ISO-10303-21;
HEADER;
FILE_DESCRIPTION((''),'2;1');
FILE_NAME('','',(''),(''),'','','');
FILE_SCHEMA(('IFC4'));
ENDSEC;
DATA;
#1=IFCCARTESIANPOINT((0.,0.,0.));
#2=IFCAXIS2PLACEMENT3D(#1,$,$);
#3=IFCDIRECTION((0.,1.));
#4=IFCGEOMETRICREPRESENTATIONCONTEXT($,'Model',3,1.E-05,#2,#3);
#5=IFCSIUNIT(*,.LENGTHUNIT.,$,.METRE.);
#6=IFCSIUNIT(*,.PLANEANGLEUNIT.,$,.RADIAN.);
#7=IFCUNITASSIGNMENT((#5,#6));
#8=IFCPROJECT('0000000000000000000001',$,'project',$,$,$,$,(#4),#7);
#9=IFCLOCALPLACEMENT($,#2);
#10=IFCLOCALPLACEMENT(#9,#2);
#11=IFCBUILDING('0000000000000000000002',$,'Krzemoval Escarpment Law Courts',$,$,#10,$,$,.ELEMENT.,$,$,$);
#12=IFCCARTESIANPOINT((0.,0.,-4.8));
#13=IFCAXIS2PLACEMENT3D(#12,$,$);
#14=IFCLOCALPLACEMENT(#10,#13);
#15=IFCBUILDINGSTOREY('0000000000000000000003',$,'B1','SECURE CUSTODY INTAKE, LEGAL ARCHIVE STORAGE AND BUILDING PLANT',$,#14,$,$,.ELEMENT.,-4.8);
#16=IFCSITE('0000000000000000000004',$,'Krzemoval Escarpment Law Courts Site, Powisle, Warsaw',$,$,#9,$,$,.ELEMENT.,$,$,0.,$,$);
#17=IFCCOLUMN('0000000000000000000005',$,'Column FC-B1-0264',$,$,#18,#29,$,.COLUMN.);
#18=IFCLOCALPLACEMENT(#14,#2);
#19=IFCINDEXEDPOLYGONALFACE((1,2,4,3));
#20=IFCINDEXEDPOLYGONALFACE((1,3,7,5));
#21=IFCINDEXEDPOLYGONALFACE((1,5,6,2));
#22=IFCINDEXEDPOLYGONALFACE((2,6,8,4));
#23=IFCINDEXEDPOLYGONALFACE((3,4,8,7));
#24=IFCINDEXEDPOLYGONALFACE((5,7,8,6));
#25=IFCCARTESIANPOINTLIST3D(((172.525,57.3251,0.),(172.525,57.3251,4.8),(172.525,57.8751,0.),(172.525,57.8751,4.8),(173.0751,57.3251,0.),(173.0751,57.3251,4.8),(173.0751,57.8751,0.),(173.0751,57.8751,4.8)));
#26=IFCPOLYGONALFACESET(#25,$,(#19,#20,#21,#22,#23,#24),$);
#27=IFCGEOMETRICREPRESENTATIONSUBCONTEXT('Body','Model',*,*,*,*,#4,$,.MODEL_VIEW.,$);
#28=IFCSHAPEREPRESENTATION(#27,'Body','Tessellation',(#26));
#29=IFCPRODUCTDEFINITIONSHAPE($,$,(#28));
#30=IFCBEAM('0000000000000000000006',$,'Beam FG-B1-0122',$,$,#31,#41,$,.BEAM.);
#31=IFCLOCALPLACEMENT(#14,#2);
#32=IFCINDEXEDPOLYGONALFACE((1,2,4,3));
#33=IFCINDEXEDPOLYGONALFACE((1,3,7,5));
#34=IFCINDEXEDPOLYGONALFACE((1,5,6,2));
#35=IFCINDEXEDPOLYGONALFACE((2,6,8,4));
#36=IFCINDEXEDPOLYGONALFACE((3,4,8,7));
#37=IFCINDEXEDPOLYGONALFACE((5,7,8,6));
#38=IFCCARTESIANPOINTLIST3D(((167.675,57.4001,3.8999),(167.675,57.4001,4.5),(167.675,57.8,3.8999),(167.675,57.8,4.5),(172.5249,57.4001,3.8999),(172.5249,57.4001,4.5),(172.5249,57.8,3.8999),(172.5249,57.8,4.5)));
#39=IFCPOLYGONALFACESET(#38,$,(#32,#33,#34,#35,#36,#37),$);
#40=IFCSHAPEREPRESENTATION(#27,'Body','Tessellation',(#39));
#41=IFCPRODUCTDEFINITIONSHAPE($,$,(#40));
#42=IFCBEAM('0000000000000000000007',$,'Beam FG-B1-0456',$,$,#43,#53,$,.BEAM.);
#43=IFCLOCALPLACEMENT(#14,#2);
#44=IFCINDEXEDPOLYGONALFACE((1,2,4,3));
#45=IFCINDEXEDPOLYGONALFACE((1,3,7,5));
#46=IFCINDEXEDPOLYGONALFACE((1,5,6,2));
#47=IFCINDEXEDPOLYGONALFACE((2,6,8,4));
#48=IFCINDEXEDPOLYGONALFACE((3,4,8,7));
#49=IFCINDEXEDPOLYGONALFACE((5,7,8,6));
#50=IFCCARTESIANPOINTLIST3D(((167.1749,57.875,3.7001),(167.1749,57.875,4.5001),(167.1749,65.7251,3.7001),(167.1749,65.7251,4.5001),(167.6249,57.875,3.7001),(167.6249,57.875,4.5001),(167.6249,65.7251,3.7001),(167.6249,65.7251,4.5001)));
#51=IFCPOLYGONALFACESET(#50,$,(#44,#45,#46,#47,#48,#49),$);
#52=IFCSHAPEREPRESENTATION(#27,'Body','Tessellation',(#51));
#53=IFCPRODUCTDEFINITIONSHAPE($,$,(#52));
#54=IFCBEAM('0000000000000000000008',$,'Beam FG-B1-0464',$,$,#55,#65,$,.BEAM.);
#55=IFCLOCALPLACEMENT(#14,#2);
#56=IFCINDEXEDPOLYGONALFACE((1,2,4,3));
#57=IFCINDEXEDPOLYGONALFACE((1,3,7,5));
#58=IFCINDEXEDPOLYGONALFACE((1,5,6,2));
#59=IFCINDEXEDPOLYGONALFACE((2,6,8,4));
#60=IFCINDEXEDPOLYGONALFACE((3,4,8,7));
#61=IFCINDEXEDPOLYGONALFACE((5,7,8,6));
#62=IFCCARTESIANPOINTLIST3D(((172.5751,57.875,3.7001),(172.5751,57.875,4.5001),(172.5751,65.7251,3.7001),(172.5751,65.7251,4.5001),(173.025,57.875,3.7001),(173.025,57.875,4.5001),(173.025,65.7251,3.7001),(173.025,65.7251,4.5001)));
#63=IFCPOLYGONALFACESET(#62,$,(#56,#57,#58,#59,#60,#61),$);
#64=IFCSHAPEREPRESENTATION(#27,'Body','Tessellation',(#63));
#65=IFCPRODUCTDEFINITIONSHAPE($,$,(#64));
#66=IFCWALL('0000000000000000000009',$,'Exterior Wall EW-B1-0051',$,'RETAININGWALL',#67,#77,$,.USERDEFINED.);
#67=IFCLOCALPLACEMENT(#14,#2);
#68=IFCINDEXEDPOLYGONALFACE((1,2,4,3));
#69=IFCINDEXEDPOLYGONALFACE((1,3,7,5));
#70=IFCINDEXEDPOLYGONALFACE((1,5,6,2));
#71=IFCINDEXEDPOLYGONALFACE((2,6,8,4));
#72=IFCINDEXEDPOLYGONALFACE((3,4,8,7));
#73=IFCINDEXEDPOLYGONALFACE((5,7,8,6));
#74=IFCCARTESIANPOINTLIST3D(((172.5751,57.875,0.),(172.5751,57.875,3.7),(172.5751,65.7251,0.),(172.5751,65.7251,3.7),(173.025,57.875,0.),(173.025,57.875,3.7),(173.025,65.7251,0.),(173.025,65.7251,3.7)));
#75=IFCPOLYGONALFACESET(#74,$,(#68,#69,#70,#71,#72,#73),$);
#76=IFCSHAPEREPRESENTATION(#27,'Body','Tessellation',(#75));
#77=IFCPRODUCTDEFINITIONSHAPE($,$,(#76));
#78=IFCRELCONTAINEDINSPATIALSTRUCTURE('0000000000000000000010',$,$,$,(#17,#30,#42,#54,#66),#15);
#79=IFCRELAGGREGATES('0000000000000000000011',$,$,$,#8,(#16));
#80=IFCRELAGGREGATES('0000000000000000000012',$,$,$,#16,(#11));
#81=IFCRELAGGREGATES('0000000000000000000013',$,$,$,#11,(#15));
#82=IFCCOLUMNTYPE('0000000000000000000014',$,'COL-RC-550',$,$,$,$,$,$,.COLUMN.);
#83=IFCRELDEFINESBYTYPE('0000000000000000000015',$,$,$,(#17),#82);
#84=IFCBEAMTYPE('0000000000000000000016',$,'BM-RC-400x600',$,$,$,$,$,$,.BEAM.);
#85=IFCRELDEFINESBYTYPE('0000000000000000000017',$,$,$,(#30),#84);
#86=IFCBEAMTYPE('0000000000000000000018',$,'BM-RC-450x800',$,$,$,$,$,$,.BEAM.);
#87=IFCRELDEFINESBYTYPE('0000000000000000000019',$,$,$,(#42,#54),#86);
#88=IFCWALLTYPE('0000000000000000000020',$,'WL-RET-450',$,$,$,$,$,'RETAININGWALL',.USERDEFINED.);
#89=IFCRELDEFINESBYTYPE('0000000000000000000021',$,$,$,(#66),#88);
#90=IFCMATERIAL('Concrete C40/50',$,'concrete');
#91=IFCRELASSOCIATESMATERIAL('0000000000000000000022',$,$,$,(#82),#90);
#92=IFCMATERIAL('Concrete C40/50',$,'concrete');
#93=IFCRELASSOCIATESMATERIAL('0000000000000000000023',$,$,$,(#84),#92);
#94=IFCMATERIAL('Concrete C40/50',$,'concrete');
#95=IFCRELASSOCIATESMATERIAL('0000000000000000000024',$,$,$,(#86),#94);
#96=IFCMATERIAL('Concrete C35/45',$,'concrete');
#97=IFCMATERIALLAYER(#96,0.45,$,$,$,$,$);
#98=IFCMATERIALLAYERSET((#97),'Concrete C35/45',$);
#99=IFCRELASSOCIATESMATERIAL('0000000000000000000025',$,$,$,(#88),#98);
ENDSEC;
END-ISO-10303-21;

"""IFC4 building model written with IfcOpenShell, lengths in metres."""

from ifc_helpers import new_model, si_unit, direction, frame, frame_2d, origin, origin_2d, place, context, subcontext, project, spatial, rectangle, extrude, material, layer, layer_set, material_profile, profile_set, type_object, element, save


model = new_model("IFC4")

# Units and contexts
model_context = context("Model", 3, precision=1e-05, world=origin(), true_north=direction((0.0, 1.0)))
body_context = subcontext(model_context, "Body", "Model", "MODEL_VIEW")
ifc_project = project(units=[si_unit("LENGTHUNIT", "METRE"), si_unit("PLANEANGLEUNIT", "RADIAN")], contexts=[model_context])

# Site, building, storey
site_placement = place(None, origin())
site = spatial("IfcSite", under=ifc_project, at=site_placement, Name="Krzemoval Escarpment Law Courts Site, Powisle, Warsaw", CompositionType="ELEMENT", RefElevation=0.0)
building_placement = place(site_placement, origin())
building = spatial("IfcBuilding", under=site, at=building_placement, Name="Krzemoval Escarpment Law Courts", CompositionType="ELEMENT")
storey_placement = place(building_placement, frame((0.0, 0.0, -4.8)))
storey = spatial("IfcBuildingStorey", under=building, at=storey_placement, Name="B1", Description="SECURE CUSTODY INTAKE, LEGAL ARCHIVE STORAGE AND BUILDING PLANT", CompositionType="ELEMENT", Elevation=-4.8)

# Column
ifc_material_1 = material(Name="Concrete C40/50", Category="concrete")
ifc_material_profile_1 = material_profile(ifc_material_1, rectangle(XDim=0.55, YDim=0.55, at=origin_2d()), Name="RC 550x550")
ifc_profile_set_1 = profile_set([ifc_material_profile_1], Name="Concrete C40/50")
column_type = type_object("IfcColumnType", Name="COL-RC-550", PredefinedType="COLUMN", material=ifc_profile_set_1)
for number, where, z_axis, x_axis, name in (
    (1, (172.8, 57.6001, 0.0), (0.0, 0.0, 1.0), (1.0, 0.0, 0.0), "Column FC-B1-0264"),
):
    element("IfcColumn", number, at=place(storey_placement, frame(where, z_axis=z_axis, x_axis=x_axis)), inside=storey, type_object=column_type, Name=name, PredefinedType="COLUMN", context=body_context, shape_type="SweptSolid", body=[
        extrude(rectangle(XDim=0.55, YDim=0.55, at=origin_2d()), origin(), (0.0, 0.0, 1.0), 4.8),
    ])

# Beams
ifc_material_2 = material(Name="Concrete C40/50", Category="concrete")
ifc_material_profile_2 = material_profile(ifc_material_2, rectangle(XDim=0.3999, YDim=0.6001, at=origin_2d()), Name="RCB 400x600")
ifc_profile_set_2 = profile_set([ifc_material_profile_2], Name="Concrete C40/50")
beam_type_1 = type_object("IfcBeamType", Name="BM-RC-400x600", PredefinedType="BEAM", material=ifc_profile_set_2)
beam_placement = place(storey_placement, frame((167.675, 57.6001, 4.2), z_axis=(1.0, 0.0, 0.0), x_axis=(0.0, 1.0, 0.0)))
element("IfcBeam", 2, at=beam_placement, inside=storey, type_object=beam_type_1, Name="Beam FG-B1-0122", PredefinedType="BEAM", context=body_context, shape_type="SweptSolid", body=[
    extrude(rectangle(XDim=0.3999, YDim=0.6001, at=origin_2d()), origin(), (0.0, 0.0, 1.0), 4.8499),
])
ifc_material_3 = material(Name="Concrete C40/50", Category="concrete")
ifc_material_profile_3 = material_profile(ifc_material_3, rectangle(XDim=0.45, YDim=0.8, at=origin_2d()), Name="RCB 450x800")
ifc_profile_set_3 = profile_set([ifc_material_profile_3], Name="Concrete C40/50")
beam_type_2 = type_object("IfcBeamType", Name="BM-RC-450x800", PredefinedType="BEAM", material=ifc_profile_set_3)
for number, where, z_axis, x_axis, name in (
    (3, (167.3999, 57.875, 4.1001), (0.0, 1.0, 0.0), (-1.0, 0.0, 0.0), "Beam FG-B1-0456"),
    (4, (172.8, 57.875, 4.1001), (0.0, 1.0, 0.0), (-1.0, 0.0, 0.0), "Beam FG-B1-0464"),
):
    element("IfcBeam", number, at=place(storey_placement, frame(where, z_axis=z_axis, x_axis=x_axis)), inside=storey, type_object=beam_type_2, Name=name, PredefinedType="BEAM", context=body_context, shape_type="SweptSolid", body=[
        extrude(rectangle(XDim=0.45, YDim=0.8, at=origin_2d()), origin(), (0.0, 0.0, 1.0), 7.8501),
    ])

# Wall
ifc_material_4 = material(Name="Concrete C35/45", Category="concrete")
ifc_layer = layer(ifc_material_4, 0.45)
ifc_layer_set = layer_set([ifc_layer], Name="Concrete C35/45")
wall_type = type_object("IfcWallType", Name="WL-RET-450", ElementType="RETAININGWALL", PredefinedType="USERDEFINED", material=ifc_layer_set)
wall_1_placement = place(storey_placement, frame((172.8, 65.7251, 0.0), z_axis=(0.0, 0.0, 1.0), x_axis=(0.0, -1.0, 0.0)))
element("IfcWall", 5, at=wall_1_placement, inside=storey, type_object=wall_type, Name="Exterior Wall EW-B1-0051", ObjectType="RETAININGWALL", PredefinedType="USERDEFINED", context=body_context, shape_type="SweptSolid", body=[
    extrude(rectangle(XDim=7.8501, YDim=0.45, at=frame_2d((3.925, 0.0))), origin(), (0.0, 0.0, 1.0), 3.7),
])

save(model, "model.ifc")
